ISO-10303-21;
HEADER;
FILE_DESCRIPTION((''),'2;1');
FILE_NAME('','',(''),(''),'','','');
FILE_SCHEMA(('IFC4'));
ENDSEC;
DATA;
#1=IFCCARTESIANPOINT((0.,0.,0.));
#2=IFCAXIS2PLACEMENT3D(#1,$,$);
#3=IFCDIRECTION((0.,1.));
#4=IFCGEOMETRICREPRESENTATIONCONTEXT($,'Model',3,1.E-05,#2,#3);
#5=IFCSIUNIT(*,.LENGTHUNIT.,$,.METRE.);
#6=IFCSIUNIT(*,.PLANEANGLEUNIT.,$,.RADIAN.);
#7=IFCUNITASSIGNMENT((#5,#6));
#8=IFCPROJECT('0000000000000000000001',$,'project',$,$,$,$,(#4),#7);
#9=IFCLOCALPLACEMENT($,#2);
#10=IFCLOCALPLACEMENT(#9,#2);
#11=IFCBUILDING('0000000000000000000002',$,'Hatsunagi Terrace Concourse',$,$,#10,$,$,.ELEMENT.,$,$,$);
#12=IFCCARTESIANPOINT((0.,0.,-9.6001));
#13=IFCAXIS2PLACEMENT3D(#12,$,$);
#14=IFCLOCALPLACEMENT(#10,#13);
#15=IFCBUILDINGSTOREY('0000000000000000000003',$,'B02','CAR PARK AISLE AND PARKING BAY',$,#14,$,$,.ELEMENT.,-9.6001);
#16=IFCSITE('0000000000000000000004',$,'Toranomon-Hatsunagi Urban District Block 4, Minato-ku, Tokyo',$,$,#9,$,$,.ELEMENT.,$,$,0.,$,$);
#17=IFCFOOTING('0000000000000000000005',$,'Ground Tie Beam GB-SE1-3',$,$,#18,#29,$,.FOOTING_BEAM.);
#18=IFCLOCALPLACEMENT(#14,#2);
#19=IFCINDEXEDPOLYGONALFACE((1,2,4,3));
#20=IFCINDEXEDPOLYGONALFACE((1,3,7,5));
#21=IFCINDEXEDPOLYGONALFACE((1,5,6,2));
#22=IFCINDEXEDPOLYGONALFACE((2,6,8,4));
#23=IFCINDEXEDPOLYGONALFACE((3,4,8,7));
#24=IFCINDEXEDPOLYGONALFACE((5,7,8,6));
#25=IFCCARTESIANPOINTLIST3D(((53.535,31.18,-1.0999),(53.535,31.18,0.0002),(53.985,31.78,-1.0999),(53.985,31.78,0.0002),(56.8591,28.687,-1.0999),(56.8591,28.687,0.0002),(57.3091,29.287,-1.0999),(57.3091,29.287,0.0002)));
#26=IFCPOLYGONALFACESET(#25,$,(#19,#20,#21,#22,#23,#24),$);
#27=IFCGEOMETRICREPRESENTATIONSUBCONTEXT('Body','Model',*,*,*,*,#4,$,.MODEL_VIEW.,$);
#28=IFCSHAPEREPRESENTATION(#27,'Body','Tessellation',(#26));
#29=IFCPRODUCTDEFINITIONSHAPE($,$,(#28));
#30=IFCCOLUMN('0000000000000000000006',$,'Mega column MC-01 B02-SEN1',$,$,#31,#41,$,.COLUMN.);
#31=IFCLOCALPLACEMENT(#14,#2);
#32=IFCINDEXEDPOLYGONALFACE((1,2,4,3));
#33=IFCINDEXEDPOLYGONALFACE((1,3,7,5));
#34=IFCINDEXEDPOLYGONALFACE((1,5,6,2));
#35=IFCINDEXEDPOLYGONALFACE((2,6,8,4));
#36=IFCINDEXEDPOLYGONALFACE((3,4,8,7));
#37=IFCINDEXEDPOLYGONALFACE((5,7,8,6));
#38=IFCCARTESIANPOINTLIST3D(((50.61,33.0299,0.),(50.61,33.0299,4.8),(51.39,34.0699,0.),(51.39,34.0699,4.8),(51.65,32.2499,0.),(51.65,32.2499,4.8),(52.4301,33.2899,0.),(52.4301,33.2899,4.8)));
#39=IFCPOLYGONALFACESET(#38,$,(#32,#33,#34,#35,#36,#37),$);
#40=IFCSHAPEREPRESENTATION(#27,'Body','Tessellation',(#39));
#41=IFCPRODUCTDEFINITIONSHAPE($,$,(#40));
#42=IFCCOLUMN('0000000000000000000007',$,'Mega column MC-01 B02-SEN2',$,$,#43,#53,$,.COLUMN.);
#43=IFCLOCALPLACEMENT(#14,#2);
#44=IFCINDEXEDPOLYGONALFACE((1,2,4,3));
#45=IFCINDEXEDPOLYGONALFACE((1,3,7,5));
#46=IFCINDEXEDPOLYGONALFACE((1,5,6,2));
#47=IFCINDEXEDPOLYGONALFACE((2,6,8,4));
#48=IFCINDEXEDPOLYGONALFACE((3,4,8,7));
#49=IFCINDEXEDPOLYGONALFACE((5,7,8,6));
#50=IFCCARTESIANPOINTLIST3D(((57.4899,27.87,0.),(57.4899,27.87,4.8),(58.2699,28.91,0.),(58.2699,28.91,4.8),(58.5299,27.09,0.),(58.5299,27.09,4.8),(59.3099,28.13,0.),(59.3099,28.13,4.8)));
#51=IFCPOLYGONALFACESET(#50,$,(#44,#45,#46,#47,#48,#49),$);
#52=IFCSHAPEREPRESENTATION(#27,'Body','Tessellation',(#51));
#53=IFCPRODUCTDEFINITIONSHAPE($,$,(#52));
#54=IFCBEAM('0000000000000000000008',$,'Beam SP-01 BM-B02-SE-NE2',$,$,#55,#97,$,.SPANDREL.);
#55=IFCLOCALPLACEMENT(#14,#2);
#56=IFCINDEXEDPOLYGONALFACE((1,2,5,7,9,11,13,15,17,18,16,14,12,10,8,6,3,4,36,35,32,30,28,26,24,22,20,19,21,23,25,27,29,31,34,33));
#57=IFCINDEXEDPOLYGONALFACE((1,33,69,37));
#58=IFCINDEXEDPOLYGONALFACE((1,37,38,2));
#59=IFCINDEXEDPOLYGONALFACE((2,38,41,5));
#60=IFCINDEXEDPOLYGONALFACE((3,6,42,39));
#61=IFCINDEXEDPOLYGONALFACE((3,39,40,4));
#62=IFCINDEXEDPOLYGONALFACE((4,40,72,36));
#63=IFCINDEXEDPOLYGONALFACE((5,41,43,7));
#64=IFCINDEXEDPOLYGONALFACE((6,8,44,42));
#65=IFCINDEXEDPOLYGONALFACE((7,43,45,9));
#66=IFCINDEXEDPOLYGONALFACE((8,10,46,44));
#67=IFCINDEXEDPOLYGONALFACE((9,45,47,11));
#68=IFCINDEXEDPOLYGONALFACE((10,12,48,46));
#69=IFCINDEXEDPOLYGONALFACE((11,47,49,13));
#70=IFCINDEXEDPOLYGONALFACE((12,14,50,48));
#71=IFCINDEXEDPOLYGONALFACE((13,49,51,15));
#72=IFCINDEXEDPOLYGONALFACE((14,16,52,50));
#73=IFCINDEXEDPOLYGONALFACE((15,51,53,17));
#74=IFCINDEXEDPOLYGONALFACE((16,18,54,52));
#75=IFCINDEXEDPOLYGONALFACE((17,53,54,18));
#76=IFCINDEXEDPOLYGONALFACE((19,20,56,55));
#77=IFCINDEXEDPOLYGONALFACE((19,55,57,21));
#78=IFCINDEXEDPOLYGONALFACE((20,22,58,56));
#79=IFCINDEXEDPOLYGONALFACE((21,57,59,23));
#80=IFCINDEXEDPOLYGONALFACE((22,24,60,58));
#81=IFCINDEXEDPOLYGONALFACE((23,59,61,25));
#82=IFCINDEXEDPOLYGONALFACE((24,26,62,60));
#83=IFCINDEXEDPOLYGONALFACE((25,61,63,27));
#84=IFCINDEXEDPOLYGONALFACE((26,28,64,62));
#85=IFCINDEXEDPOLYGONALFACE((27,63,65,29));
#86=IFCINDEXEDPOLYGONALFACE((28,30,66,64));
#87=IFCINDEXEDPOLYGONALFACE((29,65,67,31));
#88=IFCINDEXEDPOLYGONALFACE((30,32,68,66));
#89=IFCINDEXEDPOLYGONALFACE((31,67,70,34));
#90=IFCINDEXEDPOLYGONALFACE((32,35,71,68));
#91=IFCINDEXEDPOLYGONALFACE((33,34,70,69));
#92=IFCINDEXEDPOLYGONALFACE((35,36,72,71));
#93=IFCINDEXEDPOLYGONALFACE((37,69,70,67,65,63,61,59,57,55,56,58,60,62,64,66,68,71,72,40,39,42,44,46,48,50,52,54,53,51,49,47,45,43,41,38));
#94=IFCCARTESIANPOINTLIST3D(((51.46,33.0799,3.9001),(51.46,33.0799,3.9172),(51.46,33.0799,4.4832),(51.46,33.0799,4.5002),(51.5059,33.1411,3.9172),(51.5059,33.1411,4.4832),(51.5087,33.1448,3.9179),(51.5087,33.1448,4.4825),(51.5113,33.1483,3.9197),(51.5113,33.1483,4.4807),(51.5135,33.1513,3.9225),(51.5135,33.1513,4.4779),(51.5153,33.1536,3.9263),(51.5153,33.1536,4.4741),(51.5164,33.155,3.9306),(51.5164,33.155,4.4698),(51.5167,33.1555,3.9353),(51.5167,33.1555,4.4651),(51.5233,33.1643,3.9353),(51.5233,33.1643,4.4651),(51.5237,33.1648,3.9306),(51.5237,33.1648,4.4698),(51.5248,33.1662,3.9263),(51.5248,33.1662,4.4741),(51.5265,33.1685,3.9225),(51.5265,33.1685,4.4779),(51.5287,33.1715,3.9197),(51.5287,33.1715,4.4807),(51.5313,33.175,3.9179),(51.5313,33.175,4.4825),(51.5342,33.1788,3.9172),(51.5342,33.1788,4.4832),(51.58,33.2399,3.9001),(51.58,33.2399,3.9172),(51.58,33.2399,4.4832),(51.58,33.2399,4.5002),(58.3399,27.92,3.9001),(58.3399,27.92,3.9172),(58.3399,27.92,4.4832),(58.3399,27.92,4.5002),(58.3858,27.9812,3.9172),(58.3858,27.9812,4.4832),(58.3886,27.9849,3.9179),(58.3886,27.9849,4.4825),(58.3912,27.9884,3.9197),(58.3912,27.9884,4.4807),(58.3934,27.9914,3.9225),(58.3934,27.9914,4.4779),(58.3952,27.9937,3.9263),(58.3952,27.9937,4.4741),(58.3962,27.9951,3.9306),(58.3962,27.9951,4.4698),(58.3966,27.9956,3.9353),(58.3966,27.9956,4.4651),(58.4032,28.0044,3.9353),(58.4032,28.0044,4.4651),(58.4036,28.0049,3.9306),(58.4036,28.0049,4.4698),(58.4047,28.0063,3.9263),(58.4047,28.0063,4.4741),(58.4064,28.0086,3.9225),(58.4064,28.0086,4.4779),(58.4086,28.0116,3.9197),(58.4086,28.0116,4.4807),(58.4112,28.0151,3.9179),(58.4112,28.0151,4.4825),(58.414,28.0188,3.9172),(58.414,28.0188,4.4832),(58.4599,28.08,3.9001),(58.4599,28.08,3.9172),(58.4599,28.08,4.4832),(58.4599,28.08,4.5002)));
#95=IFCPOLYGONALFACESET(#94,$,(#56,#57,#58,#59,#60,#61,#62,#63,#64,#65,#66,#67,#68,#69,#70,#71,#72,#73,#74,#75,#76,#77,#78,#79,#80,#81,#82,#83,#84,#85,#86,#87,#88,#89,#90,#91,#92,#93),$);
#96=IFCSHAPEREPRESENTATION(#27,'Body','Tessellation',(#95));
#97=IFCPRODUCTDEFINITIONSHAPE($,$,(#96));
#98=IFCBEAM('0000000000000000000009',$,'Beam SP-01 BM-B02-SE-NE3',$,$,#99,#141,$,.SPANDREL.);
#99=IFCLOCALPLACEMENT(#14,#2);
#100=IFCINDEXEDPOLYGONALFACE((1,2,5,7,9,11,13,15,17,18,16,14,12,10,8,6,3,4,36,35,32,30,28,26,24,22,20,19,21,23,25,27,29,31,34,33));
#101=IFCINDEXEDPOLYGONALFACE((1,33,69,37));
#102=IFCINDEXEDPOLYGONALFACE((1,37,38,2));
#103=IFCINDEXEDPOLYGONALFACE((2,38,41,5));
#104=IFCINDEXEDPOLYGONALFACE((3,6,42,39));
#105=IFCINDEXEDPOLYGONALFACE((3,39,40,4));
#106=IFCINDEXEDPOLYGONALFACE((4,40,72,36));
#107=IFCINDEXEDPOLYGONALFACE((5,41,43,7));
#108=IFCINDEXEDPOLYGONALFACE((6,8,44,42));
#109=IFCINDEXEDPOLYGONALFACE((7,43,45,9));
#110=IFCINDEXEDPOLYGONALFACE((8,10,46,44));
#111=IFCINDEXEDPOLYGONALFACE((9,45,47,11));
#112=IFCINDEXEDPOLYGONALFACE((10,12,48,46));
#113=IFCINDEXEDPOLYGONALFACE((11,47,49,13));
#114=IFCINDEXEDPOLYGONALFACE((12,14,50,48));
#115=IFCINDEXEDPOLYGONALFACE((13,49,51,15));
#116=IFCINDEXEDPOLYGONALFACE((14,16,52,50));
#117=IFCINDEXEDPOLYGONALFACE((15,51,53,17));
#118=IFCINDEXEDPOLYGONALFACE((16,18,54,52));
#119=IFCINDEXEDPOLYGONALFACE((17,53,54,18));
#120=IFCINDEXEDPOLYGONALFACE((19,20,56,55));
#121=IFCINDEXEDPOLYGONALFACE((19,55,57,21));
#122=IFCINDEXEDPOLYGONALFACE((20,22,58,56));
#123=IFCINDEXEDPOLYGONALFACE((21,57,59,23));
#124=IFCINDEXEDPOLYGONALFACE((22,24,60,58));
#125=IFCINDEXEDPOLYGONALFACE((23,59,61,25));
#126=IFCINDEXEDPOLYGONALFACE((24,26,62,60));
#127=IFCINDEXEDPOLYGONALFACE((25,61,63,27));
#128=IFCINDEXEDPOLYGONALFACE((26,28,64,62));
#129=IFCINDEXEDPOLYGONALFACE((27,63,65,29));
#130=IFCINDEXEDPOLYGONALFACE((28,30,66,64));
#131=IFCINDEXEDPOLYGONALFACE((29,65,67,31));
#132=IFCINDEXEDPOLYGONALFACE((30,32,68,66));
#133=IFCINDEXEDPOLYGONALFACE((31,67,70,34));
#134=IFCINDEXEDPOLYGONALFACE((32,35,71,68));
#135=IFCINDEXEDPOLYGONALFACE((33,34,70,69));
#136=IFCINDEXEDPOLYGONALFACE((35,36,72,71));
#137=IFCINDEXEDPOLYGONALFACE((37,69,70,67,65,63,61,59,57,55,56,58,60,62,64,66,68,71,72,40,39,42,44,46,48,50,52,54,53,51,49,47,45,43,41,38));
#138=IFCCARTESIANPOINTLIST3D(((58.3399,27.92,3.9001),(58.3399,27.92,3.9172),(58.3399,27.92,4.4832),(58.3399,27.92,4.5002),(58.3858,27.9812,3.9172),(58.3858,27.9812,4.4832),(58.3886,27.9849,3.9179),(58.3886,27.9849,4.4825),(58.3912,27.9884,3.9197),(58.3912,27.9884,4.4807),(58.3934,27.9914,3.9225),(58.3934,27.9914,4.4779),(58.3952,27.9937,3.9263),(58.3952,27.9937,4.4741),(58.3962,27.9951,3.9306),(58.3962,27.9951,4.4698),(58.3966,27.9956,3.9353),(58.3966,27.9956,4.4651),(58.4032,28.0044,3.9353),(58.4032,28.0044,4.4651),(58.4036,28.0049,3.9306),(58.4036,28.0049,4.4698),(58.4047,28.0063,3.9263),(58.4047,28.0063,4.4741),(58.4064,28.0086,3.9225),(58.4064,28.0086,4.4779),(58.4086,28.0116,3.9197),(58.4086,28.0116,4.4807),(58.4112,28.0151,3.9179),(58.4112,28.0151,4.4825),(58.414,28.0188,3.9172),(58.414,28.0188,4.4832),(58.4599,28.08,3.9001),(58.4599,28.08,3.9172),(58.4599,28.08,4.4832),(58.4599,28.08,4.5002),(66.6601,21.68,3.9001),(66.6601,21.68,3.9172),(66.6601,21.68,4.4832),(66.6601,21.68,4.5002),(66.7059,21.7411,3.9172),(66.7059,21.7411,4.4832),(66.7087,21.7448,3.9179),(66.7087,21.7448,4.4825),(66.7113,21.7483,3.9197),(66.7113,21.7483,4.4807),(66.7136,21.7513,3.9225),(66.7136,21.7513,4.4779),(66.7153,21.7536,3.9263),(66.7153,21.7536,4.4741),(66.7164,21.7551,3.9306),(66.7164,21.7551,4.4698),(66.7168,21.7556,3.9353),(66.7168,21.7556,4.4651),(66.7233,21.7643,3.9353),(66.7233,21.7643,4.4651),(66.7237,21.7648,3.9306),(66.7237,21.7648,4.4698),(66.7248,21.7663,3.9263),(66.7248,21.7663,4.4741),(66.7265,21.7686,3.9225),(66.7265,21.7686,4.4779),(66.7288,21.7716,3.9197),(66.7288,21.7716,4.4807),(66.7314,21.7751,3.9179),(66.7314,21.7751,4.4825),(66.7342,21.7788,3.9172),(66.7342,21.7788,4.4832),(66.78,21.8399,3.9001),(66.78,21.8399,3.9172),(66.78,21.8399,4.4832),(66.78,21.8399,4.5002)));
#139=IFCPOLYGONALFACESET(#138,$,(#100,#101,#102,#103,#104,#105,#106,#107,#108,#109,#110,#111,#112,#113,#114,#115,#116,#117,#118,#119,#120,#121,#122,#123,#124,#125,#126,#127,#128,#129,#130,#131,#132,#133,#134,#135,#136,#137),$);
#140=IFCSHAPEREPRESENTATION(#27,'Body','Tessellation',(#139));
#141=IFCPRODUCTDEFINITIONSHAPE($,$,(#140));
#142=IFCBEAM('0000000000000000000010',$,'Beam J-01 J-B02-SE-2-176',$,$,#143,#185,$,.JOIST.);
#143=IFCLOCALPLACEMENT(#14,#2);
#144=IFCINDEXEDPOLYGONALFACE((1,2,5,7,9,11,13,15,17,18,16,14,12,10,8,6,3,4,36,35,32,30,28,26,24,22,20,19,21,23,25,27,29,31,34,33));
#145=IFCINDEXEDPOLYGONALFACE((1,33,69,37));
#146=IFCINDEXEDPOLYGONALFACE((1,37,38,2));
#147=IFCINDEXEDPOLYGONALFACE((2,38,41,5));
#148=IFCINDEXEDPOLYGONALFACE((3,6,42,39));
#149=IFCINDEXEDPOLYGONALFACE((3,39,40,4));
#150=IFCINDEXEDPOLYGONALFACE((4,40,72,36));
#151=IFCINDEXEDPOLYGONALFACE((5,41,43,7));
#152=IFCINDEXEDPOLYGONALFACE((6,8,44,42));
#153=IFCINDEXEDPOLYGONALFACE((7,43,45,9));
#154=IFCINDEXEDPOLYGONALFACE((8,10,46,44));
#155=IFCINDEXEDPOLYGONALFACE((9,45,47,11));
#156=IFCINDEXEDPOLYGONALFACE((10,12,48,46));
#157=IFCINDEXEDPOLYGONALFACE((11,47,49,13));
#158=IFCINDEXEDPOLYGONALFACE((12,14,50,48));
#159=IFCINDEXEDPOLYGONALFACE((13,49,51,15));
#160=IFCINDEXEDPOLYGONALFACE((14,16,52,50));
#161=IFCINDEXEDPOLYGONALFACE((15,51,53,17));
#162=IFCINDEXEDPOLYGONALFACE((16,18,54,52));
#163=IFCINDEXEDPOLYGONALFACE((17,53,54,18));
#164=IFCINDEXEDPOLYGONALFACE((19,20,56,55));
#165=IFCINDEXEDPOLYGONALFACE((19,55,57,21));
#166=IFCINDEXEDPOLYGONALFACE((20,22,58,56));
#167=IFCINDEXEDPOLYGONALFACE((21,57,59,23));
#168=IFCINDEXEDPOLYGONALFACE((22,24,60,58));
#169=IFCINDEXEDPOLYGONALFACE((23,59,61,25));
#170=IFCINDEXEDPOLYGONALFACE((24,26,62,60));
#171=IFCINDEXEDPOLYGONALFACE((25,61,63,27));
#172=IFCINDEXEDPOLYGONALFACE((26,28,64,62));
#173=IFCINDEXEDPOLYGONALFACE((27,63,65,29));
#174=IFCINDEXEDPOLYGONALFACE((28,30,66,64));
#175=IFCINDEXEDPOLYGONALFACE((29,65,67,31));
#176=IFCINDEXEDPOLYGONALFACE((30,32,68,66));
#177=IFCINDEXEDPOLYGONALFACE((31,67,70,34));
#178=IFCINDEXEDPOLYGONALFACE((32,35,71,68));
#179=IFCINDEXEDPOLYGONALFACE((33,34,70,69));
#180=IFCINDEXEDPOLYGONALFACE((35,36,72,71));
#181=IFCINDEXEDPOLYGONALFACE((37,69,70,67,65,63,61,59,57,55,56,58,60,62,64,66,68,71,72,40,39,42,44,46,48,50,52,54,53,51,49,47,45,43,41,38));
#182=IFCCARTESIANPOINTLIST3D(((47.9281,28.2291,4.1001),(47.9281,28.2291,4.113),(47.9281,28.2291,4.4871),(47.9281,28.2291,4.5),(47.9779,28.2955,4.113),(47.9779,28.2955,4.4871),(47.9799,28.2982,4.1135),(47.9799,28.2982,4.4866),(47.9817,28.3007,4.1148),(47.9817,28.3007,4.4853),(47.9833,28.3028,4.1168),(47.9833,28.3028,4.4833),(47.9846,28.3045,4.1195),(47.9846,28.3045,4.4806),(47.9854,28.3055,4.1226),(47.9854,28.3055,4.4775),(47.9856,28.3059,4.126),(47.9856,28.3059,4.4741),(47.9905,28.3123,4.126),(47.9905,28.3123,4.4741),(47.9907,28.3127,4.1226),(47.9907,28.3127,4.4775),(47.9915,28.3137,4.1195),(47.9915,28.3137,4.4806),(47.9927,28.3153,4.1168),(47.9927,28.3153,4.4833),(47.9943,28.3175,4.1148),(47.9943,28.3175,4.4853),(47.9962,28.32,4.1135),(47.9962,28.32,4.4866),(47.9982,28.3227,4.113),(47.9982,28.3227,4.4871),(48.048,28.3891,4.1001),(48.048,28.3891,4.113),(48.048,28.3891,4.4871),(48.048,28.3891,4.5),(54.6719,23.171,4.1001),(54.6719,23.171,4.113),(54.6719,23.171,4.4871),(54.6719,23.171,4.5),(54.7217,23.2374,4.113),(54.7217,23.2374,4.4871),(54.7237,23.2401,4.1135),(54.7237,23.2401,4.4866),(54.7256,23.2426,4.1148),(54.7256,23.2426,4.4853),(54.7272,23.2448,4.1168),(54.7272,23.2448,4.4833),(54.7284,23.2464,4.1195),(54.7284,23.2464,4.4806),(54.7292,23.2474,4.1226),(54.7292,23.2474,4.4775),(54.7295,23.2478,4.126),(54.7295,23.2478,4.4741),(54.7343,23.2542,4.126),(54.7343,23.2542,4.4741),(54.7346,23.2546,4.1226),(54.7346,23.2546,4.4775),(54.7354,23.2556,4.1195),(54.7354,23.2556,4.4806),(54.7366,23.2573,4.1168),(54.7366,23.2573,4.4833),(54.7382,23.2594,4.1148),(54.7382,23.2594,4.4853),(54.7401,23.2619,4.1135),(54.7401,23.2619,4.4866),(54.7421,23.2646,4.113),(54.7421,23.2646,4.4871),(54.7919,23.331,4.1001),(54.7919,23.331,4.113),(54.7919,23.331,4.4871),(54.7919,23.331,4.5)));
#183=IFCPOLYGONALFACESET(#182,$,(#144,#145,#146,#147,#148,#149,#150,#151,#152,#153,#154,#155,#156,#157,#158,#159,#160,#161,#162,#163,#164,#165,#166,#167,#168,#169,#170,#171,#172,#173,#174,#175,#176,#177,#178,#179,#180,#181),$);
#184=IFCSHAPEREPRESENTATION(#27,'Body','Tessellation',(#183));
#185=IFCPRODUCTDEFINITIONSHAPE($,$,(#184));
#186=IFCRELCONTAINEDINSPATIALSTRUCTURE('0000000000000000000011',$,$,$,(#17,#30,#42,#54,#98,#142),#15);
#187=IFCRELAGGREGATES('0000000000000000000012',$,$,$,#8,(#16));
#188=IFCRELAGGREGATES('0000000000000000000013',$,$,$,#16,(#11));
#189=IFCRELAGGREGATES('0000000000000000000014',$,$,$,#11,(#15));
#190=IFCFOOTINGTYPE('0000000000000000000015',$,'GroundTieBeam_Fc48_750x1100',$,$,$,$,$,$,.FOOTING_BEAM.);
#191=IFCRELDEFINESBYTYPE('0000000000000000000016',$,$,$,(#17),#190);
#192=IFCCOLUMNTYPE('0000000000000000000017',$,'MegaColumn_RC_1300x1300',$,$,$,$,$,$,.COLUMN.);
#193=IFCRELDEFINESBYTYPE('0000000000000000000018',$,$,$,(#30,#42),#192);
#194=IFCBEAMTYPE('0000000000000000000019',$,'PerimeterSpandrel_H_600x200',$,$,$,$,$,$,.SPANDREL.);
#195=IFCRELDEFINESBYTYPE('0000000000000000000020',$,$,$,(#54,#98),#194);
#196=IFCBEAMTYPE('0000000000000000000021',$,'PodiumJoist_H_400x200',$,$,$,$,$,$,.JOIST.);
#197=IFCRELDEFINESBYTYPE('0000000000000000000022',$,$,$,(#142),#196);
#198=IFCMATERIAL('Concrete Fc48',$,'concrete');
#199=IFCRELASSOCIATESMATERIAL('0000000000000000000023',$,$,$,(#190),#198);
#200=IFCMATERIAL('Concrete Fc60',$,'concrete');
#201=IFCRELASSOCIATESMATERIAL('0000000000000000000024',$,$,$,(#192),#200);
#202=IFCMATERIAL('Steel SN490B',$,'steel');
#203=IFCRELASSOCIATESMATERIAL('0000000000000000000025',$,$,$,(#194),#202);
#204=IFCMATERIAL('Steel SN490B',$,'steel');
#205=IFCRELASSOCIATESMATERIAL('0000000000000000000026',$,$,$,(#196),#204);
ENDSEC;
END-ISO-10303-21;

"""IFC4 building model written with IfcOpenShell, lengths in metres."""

from ifc_helpers import new_model, si_unit, direction, frame, origin, origin_2d, place, context, subcontext, project, spatial, rectangle, i_section, extrude, material, material_profile, profile_set, type_object, element, save


model = new_model("IFC4")

# Units and contexts
model_context = context("Model", 3, precision=1e-05, world=origin(), true_north=direction((0.0, 1.0)))
body_context = subcontext(model_context, "Body", "Model", "MODEL_VIEW")
ifc_project = project(units=[si_unit("LENGTHUNIT", "METRE"), si_unit("PLANEANGLEUNIT", "RADIAN")], contexts=[model_context])

# Site, building, storey
site_placement = place(None, origin())
site = spatial("IfcSite", under=ifc_project, at=site_placement, Name="Toranomon-Hatsunagi Urban District Block 4, Minato-ku, Tokyo", CompositionType="ELEMENT", RefElevation=0.0)
building_placement = place(site_placement, origin())
building = spatial("IfcBuilding", under=site, at=building_placement, Name="Hatsunagi Terrace Concourse", CompositionType="ELEMENT")
storey_placement = place(building_placement, frame((0.0, 0.0, -9.6001)))
storey = spatial("IfcBuildingStorey", under=building, at=storey_placement, Name="B02", Description="CAR PARK AISLE AND PARKING BAY", CompositionType="ELEMENT", Elevation=-9.6001)

# Footing
ifc_material_1 = material(Name="Concrete Fc48", Category="concrete")
ifc_material_profile_1 = material_profile(ifc_material_1, rectangle(XDim=0.75, YDim=1.1001, at=origin_2d()), Name="RC-750x1100")
ifc_profile_set_1 = profile_set([ifc_material_profile_1], Name="Concrete Fc48")
footing_type = type_object("IfcFootingType", Name="GroundTieBeam_Fc48_750x1100", PredefinedType="FOOTING_BEAM", material=ifc_profile_set_1)
footing_placement = place(storey_placement, frame((53.76, 31.48, -0.5498), z_axis=(0.800007, -0.599991, 0.0), x_axis=(0.599991, 0.800007, 0.0)))
element("IfcFooting", 1, at=footing_placement, inside=storey, type_object=footing_type, Name="Ground Tie Beam GB-SE1-3", PredefinedType="FOOTING_BEAM", context=body_context, shape_type="SweptSolid", body=[
    extrude(rectangle(XDim=0.75, YDim=1.1001, at=origin_2d()), origin(), (0.0, 0.0, 1.0), 4.155),
])

# Columns
ifc_material_2 = material(Name="Concrete Fc60", Category="concrete")
ifc_material_profile_2 = material_profile(ifc_material_2, rectangle(XDim=1.3, YDim=1.3, at=origin_2d()), Name="RC-1300x1300")
ifc_profile_set_2 = profile_set([ifc_material_profile_2], Name="Concrete Fc60")
column_type = type_object("IfcColumnType", Name="MegaColumn_RC_1300x1300", PredefinedType="COLUMN", material=ifc_profile_set_2)
for number, where, z_axis, x_axis, name in (
    (2, (51.52, 33.1599, 0.0), (0.0, 0.0, 1.0), (0.8, -0.6, 0.0), "Mega column MC-01 B02-SEN1"),
    (3, (58.3999, 28.0, 0.0), (0.0, 0.0, 1.0), (0.8, -0.6, 0.0), "Mega column MC-01 B02-SEN2"),
):
    element("IfcColumn", number, at=place(storey_placement, frame(where, z_axis=z_axis, x_axis=x_axis)), inside=storey, type_object=column_type, Name=name, PredefinedType="COLUMN", context=body_context, shape_type="SweptSolid", body=[
        extrude(rectangle(XDim=1.3, YDim=1.3, at=origin_2d()), origin(), (0.0, 0.0, 1.0), 4.8),
    ])

# Beams
ifc_material_3 = material(Name="Steel SN490B", Category="steel")
ifc_material_profile_3 = material_profile(ifc_material_3, i_section(OverallWidth=0.2, OverallDepth=0.6001, WebThickness=0.011, FlangeThickness=0.0171, FilletRadius=0.0181, at=origin_2d()), Name="H-600x200x11x17")
ifc_profile_set_3 = profile_set([ifc_material_profile_3], Name="Steel SN490B")
beam_type_1 = type_object("IfcBeamType", Name="PerimeterSpandrel_H_600x200", PredefinedType="SPANDREL", material=ifc_profile_set_3)
beam_1_placement = place(storey_placement, frame((51.52, 33.1599, 4.2002), z_axis=(0.8, -0.6, 0.0), x_axis=(0.6, 0.8, 0.0)))
element("IfcBeam", 4, at=beam_1_placement, inside=storey, type_object=beam_type_1, Name="Beam SP-01 BM-B02-SE-NE2", PredefinedType="SPANDREL", context=body_context, shape_type="SweptSolid", body=[
    extrude(i_section(OverallWidth=0.2, OverallDepth=0.6001, WebThickness=0.011, FlangeThickness=0.0171, FilletRadius=0.0181, at=origin_2d()), origin(), (0.0, 0.0, 1.0), 8.5999),
])
beam_2_placement = place(storey_placement, frame((58.3999, 28.0, 4.2002), z_axis=(0.800003, -0.599996, 0.0), x_axis=(0.599996, 0.800003, 0.0)))
element("IfcBeam", 5, at=beam_2_placement, inside=storey, type_object=beam_type_1, Name="Beam SP-01 BM-B02-SE-NE3", PredefinedType="SPANDREL", context=body_context, shape_type="SweptSolid", body=[
    extrude(i_section(OverallWidth=0.2, OverallDepth=0.6001, WebThickness=0.011, FlangeThickness=0.0171, FilletRadius=0.0181, at=origin_2d()), origin(), (0.0, 0.0, 1.0), 10.4001),
])
ifc_material_4 = material(Name="Steel SN490B", Category="steel")
ifc_material_profile_4 = material_profile(ifc_material_4, i_section(OverallWidth=0.2, OverallDepth=0.3999, WebThickness=0.0081, FlangeThickness=0.0129, FilletRadius=0.0129, at=origin_2d()), Name="H-400x200x8x13")
ifc_profile_set_4 = profile_set([ifc_material_profile_4], Name="Steel SN490B")
beam_type_2 = type_object("IfcBeamType", Name="PodiumJoist_H_400x200", PredefinedType="JOIST", material=ifc_profile_set_4)
beam_3_placement = place(storey_placement, frame((47.988, 28.3091, 4.3), z_axis=(0.79999, -0.600014, 0.0), x_axis=(0.600014, 0.79999, 0.0)))
element("IfcBeam", 6, at=beam_3_placement, inside=storey, type_object=beam_type_2, Name="Beam J-01 J-B02-SE-2-176", PredefinedType="JOIST", context=body_context, shape_type="SweptSolid", body=[
    extrude(i_section(OverallWidth=0.2, OverallDepth=0.3999, WebThickness=0.0081, FlangeThickness=0.0129, FilletRadius=0.0129, at=origin_2d()), origin(), (0.0, 0.0, 1.0), 8.4299),
])

save(model, "model.ifc")
